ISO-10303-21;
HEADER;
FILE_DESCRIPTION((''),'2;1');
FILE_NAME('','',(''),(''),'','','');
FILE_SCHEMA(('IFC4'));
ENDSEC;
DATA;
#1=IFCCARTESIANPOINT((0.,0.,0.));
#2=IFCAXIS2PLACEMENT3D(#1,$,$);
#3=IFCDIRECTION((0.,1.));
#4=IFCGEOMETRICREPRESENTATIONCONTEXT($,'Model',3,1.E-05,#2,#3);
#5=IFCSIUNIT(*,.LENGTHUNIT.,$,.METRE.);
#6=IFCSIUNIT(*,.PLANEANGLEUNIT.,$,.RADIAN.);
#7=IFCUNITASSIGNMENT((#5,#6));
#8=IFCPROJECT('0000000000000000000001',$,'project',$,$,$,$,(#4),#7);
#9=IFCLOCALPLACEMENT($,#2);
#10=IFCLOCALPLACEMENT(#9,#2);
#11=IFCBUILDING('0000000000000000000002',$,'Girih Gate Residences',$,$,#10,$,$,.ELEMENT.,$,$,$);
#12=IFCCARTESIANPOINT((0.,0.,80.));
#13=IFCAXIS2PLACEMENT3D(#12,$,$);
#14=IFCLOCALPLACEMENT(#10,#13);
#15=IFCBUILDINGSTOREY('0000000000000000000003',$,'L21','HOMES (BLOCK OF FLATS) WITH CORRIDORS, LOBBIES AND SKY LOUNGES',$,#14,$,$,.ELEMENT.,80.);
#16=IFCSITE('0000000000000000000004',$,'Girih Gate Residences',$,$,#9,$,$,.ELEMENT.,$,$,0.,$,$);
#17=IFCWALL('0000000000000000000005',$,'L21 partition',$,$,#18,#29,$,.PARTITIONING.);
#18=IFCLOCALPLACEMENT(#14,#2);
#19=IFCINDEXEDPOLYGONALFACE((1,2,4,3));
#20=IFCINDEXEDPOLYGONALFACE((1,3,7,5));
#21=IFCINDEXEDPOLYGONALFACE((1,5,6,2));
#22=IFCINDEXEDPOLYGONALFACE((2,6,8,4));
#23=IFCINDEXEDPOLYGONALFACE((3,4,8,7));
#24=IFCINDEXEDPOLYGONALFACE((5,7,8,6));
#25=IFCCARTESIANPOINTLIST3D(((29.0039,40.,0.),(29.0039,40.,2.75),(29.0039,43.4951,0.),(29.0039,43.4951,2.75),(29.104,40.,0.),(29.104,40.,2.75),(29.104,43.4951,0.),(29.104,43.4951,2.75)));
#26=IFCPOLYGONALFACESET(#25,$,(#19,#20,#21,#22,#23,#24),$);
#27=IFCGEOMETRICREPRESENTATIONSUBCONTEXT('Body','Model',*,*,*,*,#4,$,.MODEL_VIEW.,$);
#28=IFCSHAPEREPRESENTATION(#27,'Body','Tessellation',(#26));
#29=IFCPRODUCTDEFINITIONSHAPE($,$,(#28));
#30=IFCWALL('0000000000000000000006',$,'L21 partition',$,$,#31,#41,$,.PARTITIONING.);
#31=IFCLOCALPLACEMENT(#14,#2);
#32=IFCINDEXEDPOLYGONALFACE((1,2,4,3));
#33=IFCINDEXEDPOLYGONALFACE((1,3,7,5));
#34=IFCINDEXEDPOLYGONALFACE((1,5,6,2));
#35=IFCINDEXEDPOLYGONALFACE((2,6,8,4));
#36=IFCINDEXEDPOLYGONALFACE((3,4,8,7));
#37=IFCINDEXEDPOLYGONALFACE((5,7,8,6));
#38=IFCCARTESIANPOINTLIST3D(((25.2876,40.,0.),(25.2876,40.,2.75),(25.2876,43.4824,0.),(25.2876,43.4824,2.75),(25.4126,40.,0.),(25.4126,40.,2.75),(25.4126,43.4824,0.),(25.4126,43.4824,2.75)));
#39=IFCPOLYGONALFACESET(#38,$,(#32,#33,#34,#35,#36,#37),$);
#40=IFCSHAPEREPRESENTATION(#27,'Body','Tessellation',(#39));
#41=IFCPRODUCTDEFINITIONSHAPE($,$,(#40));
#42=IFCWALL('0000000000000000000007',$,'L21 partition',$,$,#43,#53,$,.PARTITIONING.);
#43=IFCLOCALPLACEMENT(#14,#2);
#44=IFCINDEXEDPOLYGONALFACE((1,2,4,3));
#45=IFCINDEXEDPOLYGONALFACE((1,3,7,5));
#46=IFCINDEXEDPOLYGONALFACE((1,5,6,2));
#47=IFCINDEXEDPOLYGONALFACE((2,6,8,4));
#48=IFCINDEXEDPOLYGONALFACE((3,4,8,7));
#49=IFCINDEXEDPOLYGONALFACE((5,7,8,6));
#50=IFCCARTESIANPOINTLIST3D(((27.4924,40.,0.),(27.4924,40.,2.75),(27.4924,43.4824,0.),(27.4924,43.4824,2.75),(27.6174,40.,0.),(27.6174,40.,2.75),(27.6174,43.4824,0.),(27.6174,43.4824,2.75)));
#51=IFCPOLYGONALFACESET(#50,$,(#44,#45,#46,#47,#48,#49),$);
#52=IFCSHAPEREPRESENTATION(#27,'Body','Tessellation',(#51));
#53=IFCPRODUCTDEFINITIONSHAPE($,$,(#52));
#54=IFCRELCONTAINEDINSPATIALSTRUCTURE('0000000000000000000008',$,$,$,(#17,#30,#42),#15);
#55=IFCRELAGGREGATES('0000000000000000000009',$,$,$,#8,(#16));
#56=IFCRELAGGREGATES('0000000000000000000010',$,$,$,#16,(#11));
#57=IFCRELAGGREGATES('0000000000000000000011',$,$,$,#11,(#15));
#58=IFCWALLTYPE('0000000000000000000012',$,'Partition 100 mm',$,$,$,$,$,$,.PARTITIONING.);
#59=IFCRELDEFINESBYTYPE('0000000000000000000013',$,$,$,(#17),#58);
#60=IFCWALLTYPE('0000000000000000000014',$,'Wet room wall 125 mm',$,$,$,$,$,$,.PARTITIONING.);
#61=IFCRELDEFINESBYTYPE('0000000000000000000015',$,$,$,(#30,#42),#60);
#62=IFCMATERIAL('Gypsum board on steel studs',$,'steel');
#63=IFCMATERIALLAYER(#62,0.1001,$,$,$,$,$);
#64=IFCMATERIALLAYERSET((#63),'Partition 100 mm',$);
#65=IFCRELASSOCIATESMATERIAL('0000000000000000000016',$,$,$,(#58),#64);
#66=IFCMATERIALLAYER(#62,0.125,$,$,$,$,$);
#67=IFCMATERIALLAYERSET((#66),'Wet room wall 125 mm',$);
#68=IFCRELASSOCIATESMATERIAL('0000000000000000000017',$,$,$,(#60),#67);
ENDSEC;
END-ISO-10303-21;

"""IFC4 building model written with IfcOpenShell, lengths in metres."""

from ifc_helpers import new_model, si_unit, direction, frame, frame_2d, origin, place, context, subcontext, project, spatial, rectangle, extrude, material, layer, layer_set, type_object, element, save


model = new_model("IFC4")

# Units and contexts
model_context = context("Model", 3, precision=1e-05, world=origin(), true_north=direction((0.0, 1.0)))
body_context = subcontext(model_context, "Body", "Model", "MODEL_VIEW")
ifc_project = project(units=[si_unit("LENGTHUNIT", "METRE"), si_unit("PLANEANGLEUNIT", "RADIAN")], contexts=[model_context])

# Site, building, storey
site_placement = place(None, origin())
site = spatial("IfcSite", under=ifc_project, at=site_placement, Name="Girih Gate Residences", CompositionType="ELEMENT", RefElevation=0.0)
building_placement = place(site_placement, origin())
building = spatial("IfcBuilding", under=site, at=building_placement, Name="Girih Gate Residences", CompositionType="ELEMENT")
storey_placement = place(building_placement, frame((0.0, 0.0, 80.0)))
storey = spatial("IfcBuildingStorey", under=building, at=storey_placement, Name="L21", Description="HOMES (BLOCK OF FLATS) WITH CORRIDORS, LOBBIES AND SKY LOUNGES", CompositionType="ELEMENT", Elevation=80.0)

# Shared definitions
ifc_material_1 = material(Name="Gypsum board on steel studs", Category="steel")

# Walls
ifc_layer_1 = layer(ifc_material_1, 0.1001)
ifc_layer_set_1 = layer_set([ifc_layer_1], Name="Partition 100 mm")
wall_type_1 = type_object("IfcWallType", Name="Partition 100 mm", PredefinedType="PARTITIONING", material=ifc_layer_set_1)
wall_1_placement = place(storey_placement, frame((29.054, 40.0, 0.0), z_axis=(0.0, 0.0, 1.0), x_axis=(0.0, 1.0, 0.0)))
element("IfcWall", 1, at=wall_1_placement, inside=storey, type_object=wall_type_1, Name="L21 partition", PredefinedType="PARTITIONING", context=body_context, shape_type="SweptSolid", body=[
    extrude(rectangle(XDim=3.4951, YDim=0.1001, at=frame_2d((1.7476, 0.0))), origin(), (0.0, 0.0, 1.0), 2.75),
])
ifc_layer_2 = layer(ifc_material_1, 0.125)
ifc_layer_set_2 = layer_set([ifc_layer_2], Name="Wet room wall 125 mm")
wall_type_2 = type_object("IfcWallType", Name="Wet room wall 125 mm", PredefinedType="PARTITIONING", material=ifc_layer_set_2)
for number, where, z_axis, x_axis, name in (
    (2, (25.3501, 40.0, 0.0), (0.0, 0.0, 1.0), (0.0, 1.0, 0.0), "L21 partition"),
    (3, (27.5549, 40.0, 0.0), (0.0, 0.0, 1.0), (0.0, 1.0, 0.0), "L21 partition"),
):
    element("IfcWall", number, at=place(storey_placement, frame(where, z_axis=z_axis, x_axis=x_axis)), inside=storey, type_object=wall_type_2, Name=name, PredefinedType="PARTITIONING", context=body_context, shape_type="SweptSolid", body=[
        extrude(rectangle(XDim=3.4824, YDim=0.125, at=frame_2d((1.7412, 0.0))), origin(), (0.0, 0.0, 1.0), 2.75),
    ])

save(model, "model.ifc")
